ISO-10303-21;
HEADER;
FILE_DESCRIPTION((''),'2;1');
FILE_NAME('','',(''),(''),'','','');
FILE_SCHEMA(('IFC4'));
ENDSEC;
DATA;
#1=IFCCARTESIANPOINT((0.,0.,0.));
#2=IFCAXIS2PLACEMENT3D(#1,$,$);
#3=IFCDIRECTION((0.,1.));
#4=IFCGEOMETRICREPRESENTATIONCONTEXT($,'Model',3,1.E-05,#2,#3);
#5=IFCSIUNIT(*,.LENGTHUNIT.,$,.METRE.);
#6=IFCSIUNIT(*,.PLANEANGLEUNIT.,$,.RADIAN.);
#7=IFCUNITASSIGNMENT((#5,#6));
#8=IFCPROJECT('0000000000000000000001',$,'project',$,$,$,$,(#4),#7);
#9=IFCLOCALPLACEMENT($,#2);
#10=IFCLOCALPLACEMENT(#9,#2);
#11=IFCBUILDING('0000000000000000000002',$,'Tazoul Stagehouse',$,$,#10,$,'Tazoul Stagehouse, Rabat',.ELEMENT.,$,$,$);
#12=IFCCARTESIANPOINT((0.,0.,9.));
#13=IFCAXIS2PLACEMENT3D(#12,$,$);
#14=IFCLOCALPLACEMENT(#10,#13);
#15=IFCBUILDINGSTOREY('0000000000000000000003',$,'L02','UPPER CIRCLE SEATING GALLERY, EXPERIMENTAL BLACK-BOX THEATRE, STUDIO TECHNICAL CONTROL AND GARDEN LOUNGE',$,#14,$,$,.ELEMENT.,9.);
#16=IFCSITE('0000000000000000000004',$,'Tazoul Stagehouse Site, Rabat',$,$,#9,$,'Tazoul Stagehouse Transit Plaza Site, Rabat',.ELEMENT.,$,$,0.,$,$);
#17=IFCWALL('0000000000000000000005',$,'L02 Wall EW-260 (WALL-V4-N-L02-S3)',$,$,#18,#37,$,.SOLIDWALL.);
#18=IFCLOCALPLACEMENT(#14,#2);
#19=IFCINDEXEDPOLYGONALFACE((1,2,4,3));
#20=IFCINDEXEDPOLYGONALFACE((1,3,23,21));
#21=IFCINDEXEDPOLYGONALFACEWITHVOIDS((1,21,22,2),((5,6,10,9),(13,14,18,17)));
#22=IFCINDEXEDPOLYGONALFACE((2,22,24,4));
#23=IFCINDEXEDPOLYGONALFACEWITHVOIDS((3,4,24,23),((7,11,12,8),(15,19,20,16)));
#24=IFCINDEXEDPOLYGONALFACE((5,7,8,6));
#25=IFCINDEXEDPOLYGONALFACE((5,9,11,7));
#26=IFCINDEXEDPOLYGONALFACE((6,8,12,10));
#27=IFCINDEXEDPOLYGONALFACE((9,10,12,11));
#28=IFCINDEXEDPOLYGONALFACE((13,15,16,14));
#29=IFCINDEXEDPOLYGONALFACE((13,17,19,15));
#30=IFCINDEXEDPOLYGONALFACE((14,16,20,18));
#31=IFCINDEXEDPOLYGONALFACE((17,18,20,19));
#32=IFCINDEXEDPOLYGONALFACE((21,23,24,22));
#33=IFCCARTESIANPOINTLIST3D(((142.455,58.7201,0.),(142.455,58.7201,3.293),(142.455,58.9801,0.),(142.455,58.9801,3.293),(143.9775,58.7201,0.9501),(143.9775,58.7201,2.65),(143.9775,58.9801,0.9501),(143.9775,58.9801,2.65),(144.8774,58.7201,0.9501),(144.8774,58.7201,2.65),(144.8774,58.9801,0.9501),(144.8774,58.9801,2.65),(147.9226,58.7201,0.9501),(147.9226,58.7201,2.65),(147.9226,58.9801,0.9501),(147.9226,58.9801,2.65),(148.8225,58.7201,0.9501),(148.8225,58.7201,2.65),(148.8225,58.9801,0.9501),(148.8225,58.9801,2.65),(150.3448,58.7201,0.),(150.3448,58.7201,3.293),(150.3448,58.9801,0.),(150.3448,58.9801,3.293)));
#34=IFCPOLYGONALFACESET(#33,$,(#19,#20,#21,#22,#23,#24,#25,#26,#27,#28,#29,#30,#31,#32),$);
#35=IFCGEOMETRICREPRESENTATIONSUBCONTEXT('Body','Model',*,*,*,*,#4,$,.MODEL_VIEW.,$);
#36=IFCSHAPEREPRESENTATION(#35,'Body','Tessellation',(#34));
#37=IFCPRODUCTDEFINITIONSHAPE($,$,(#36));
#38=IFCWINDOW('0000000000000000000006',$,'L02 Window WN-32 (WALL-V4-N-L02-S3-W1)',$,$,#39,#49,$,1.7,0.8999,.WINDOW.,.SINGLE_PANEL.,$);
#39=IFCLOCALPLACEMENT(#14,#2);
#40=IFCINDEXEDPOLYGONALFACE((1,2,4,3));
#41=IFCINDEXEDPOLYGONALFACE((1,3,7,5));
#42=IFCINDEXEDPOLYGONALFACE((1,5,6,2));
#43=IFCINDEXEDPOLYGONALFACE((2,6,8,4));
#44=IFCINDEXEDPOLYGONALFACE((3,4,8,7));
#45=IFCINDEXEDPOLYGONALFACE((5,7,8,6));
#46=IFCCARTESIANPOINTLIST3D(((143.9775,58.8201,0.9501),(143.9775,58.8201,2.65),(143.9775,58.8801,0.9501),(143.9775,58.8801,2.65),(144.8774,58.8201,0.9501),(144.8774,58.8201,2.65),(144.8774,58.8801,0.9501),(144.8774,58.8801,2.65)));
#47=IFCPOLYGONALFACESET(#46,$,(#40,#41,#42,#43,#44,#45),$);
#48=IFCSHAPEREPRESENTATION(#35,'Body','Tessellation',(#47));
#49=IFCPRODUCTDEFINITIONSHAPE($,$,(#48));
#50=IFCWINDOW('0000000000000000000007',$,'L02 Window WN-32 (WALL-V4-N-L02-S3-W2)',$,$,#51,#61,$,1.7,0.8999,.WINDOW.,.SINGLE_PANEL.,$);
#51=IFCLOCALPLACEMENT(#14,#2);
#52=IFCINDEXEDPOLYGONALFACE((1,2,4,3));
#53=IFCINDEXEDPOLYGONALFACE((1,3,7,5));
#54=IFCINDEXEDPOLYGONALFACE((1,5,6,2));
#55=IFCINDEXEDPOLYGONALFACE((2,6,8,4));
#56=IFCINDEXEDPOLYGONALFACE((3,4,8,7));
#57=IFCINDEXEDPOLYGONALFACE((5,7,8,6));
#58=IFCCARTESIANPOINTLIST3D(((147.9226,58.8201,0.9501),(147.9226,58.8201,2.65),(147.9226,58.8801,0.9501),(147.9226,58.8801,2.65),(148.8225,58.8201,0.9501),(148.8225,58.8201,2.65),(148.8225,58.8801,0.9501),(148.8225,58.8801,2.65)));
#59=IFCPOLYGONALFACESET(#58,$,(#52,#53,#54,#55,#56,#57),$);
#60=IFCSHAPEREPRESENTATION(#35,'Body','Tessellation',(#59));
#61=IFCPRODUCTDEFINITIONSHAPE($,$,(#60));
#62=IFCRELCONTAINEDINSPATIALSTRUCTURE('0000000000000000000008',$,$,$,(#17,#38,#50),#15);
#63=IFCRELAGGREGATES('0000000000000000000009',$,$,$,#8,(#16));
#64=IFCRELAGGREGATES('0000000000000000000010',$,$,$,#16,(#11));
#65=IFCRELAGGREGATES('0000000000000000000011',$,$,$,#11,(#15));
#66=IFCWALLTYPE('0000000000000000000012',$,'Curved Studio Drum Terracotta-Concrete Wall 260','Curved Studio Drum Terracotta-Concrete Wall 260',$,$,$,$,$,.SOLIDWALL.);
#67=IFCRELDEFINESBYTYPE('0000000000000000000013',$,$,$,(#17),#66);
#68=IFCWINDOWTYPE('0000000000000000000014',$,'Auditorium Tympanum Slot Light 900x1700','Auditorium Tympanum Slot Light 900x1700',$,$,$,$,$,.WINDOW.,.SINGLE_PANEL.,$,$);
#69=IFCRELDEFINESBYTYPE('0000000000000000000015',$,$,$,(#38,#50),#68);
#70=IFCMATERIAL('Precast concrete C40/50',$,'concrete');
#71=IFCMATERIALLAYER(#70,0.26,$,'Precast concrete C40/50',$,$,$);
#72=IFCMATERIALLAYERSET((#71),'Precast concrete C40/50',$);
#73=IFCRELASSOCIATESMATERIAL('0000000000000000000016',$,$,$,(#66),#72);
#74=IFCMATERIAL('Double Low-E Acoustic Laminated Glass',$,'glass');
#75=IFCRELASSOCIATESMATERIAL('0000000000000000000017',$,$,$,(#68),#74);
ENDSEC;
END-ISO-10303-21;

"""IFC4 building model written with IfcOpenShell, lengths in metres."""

from ifc_helpers import new_model, si_unit, direction, frame, frame_2d, origin, place, context, subcontext, project, spatial, rectangle, extrude, material, layer, layer_set, type_object, element, fill, save


model = new_model("IFC4")

# Units and contexts
model_context = context("Model", 3, precision=1e-05, world=origin(), true_north=direction((0.0, 1.0)))
body_context = subcontext(model_context, "Body", "Model", "MODEL_VIEW")
ifc_project = project(units=[si_unit("LENGTHUNIT", "METRE"), si_unit("PLANEANGLEUNIT", "RADIAN")], contexts=[model_context])

# Site, building, storey
site_placement = place(None, origin())
site = spatial("IfcSite", under=ifc_project, at=site_placement, Name="Tazoul Stagehouse Site, Rabat", LongName="Tazoul Stagehouse Transit Plaza Site, Rabat", CompositionType="ELEMENT", RefElevation=0.0)
building_placement = place(site_placement, origin())
building = spatial("IfcBuilding", under=site, at=building_placement, Name="Tazoul Stagehouse", LongName="Tazoul Stagehouse, Rabat", CompositionType="ELEMENT")
storey_placement = place(building_placement, frame((0.0, 0.0, 9.0)))
storey = spatial("IfcBuildingStorey", under=building, at=storey_placement, Name="L02", Description="UPPER CIRCLE SEATING GALLERY, EXPERIMENTAL BLACK-BOX THEATRE, STUDIO TECHNICAL CONTROL AND GARDEN LOUNGE", CompositionType="ELEMENT", Elevation=9.0)

# Wall, openings, windows
ifc_material_1 = material(Name="Precast concrete C40/50", Category="concrete")
ifc_layer_1 = layer(ifc_material_1, 0.26, Name="Precast concrete C40/50")
ifc_layer_set_1 = layer_set([ifc_layer_1], Name="Precast concrete C40/50")
wall_type = type_object("IfcWallType", Name="Curved Studio Drum Terracotta-Concrete Wall 260", Description="Curved Studio Drum Terracotta-Concrete Wall 260", PredefinedType="SOLIDWALL", material=ifc_layer_set_1)
ifc_material_2 = material(Name="Double Low-E Acoustic Laminated Glass", Category="glass")
wall_1_placement = place(storey_placement, frame((142.4551, 58.8501, 0.0), z_axis=(0.0, 0.0, 1.0), x_axis=(1.0, 0.0, 0.0)))
wall_1 = element("IfcWall", 1, at=wall_1_placement, inside=storey, type_object=wall_type, Name="L02 Wall EW-260 (WALL-V4-N-L02-S3)", PredefinedType="SOLIDWALL", context=body_context, shape_type="SweptSolid", body=[
    extrude(rectangle(XDim=7.8899, YDim=0.26, at=frame_2d((3.9448, 0.0))), origin(), (0.0, 0.0, 1.0), 3.293),
])
opening_1_placement = place(wall_1_placement, frame((1.5225, 0.0, 0.95)))
opening_1 = element("IfcOpeningElement", 2, at=opening_1_placement, cuts=wall_1, PredefinedType="OPENING", context=body_context, shape_type="SweptSolid", body=[
    extrude(rectangle(XDim=0.8999, YDim=1.7, at=frame_2d((0.45, 0.8501))), frame((0.0, 0.1499, 0.0), z_axis=(0.0, -1.0, 0.0), x_axis=(1.0, 0.0, 0.0)), (0.0, 0.0, 1.0), 0.3),
])
opening_2_placement = place(wall_1_placement, frame((5.4675, 0.0, 0.95)))
opening_2 = element("IfcOpeningElement", 3, at=opening_2_placement, cuts=wall_1, PredefinedType="OPENING", context=body_context, shape_type="SweptSolid", body=[
    extrude(rectangle(XDim=0.8999, YDim=1.7, at=frame_2d((0.45, 0.8501))), frame((0.0, 0.1499, 0.0), z_axis=(0.0, -1.0, 0.0), x_axis=(1.0, 0.0, 0.0)), (0.0, 0.0, 1.0), 0.3),
])
window_type_1 = type_object("IfcWindowType", Name="Auditorium Tympanum Slot Light 900x1700", Description="Auditorium Tympanum Slot Light 900x1700", PartitioningType="SINGLE_PANEL", PredefinedType="WINDOW", material=ifc_material_2)
window_1_placement = place(opening_1_placement, origin())
window_1 = element("IfcWindow", 4, at=window_1_placement, inside=storey, type_object=window_type_1, Name="L02 Window WN-32 (WALL-V4-N-L02-S3-W1)", OverallHeight=1.7, OverallWidth=0.8999, PartitioningType="SINGLE_PANEL", PredefinedType="WINDOW", context=body_context, shape_type="SweptSolid", body=[
    extrude(rectangle(XDim=0.8999, YDim=1.7, at=frame_2d((0.45, 0.8501))), frame((0.0, 0.03, 0.0), z_axis=(0.0, -1.0, 0.0), x_axis=(1.0, 0.0, 0.0)), (0.0, 0.0, 1.0), 0.0601),
])
fill(opening_1, window_1)
window_2_placement = place(opening_2_placement, origin())
window_2 = element("IfcWindow", 5, at=window_2_placement, inside=storey, type_object=window_type_1, Name="L02 Window WN-32 (WALL-V4-N-L02-S3-W2)", OverallHeight=1.7, OverallWidth=0.8999, PartitioningType="SINGLE_PANEL", PredefinedType="WINDOW", context=body_context, shape_type="SweptSolid", body=[
    extrude(rectangle(XDim=0.8999, YDim=1.7, at=frame_2d((0.45, 0.8501))), frame((0.0, 0.03, 0.0), z_axis=(0.0, -1.0, 0.0), x_axis=(1.0, 0.0, 0.0)), (0.0, 0.0, 1.0), 0.0601),
])
fill(opening_2, window_2)

save(model, "model.ifc")
